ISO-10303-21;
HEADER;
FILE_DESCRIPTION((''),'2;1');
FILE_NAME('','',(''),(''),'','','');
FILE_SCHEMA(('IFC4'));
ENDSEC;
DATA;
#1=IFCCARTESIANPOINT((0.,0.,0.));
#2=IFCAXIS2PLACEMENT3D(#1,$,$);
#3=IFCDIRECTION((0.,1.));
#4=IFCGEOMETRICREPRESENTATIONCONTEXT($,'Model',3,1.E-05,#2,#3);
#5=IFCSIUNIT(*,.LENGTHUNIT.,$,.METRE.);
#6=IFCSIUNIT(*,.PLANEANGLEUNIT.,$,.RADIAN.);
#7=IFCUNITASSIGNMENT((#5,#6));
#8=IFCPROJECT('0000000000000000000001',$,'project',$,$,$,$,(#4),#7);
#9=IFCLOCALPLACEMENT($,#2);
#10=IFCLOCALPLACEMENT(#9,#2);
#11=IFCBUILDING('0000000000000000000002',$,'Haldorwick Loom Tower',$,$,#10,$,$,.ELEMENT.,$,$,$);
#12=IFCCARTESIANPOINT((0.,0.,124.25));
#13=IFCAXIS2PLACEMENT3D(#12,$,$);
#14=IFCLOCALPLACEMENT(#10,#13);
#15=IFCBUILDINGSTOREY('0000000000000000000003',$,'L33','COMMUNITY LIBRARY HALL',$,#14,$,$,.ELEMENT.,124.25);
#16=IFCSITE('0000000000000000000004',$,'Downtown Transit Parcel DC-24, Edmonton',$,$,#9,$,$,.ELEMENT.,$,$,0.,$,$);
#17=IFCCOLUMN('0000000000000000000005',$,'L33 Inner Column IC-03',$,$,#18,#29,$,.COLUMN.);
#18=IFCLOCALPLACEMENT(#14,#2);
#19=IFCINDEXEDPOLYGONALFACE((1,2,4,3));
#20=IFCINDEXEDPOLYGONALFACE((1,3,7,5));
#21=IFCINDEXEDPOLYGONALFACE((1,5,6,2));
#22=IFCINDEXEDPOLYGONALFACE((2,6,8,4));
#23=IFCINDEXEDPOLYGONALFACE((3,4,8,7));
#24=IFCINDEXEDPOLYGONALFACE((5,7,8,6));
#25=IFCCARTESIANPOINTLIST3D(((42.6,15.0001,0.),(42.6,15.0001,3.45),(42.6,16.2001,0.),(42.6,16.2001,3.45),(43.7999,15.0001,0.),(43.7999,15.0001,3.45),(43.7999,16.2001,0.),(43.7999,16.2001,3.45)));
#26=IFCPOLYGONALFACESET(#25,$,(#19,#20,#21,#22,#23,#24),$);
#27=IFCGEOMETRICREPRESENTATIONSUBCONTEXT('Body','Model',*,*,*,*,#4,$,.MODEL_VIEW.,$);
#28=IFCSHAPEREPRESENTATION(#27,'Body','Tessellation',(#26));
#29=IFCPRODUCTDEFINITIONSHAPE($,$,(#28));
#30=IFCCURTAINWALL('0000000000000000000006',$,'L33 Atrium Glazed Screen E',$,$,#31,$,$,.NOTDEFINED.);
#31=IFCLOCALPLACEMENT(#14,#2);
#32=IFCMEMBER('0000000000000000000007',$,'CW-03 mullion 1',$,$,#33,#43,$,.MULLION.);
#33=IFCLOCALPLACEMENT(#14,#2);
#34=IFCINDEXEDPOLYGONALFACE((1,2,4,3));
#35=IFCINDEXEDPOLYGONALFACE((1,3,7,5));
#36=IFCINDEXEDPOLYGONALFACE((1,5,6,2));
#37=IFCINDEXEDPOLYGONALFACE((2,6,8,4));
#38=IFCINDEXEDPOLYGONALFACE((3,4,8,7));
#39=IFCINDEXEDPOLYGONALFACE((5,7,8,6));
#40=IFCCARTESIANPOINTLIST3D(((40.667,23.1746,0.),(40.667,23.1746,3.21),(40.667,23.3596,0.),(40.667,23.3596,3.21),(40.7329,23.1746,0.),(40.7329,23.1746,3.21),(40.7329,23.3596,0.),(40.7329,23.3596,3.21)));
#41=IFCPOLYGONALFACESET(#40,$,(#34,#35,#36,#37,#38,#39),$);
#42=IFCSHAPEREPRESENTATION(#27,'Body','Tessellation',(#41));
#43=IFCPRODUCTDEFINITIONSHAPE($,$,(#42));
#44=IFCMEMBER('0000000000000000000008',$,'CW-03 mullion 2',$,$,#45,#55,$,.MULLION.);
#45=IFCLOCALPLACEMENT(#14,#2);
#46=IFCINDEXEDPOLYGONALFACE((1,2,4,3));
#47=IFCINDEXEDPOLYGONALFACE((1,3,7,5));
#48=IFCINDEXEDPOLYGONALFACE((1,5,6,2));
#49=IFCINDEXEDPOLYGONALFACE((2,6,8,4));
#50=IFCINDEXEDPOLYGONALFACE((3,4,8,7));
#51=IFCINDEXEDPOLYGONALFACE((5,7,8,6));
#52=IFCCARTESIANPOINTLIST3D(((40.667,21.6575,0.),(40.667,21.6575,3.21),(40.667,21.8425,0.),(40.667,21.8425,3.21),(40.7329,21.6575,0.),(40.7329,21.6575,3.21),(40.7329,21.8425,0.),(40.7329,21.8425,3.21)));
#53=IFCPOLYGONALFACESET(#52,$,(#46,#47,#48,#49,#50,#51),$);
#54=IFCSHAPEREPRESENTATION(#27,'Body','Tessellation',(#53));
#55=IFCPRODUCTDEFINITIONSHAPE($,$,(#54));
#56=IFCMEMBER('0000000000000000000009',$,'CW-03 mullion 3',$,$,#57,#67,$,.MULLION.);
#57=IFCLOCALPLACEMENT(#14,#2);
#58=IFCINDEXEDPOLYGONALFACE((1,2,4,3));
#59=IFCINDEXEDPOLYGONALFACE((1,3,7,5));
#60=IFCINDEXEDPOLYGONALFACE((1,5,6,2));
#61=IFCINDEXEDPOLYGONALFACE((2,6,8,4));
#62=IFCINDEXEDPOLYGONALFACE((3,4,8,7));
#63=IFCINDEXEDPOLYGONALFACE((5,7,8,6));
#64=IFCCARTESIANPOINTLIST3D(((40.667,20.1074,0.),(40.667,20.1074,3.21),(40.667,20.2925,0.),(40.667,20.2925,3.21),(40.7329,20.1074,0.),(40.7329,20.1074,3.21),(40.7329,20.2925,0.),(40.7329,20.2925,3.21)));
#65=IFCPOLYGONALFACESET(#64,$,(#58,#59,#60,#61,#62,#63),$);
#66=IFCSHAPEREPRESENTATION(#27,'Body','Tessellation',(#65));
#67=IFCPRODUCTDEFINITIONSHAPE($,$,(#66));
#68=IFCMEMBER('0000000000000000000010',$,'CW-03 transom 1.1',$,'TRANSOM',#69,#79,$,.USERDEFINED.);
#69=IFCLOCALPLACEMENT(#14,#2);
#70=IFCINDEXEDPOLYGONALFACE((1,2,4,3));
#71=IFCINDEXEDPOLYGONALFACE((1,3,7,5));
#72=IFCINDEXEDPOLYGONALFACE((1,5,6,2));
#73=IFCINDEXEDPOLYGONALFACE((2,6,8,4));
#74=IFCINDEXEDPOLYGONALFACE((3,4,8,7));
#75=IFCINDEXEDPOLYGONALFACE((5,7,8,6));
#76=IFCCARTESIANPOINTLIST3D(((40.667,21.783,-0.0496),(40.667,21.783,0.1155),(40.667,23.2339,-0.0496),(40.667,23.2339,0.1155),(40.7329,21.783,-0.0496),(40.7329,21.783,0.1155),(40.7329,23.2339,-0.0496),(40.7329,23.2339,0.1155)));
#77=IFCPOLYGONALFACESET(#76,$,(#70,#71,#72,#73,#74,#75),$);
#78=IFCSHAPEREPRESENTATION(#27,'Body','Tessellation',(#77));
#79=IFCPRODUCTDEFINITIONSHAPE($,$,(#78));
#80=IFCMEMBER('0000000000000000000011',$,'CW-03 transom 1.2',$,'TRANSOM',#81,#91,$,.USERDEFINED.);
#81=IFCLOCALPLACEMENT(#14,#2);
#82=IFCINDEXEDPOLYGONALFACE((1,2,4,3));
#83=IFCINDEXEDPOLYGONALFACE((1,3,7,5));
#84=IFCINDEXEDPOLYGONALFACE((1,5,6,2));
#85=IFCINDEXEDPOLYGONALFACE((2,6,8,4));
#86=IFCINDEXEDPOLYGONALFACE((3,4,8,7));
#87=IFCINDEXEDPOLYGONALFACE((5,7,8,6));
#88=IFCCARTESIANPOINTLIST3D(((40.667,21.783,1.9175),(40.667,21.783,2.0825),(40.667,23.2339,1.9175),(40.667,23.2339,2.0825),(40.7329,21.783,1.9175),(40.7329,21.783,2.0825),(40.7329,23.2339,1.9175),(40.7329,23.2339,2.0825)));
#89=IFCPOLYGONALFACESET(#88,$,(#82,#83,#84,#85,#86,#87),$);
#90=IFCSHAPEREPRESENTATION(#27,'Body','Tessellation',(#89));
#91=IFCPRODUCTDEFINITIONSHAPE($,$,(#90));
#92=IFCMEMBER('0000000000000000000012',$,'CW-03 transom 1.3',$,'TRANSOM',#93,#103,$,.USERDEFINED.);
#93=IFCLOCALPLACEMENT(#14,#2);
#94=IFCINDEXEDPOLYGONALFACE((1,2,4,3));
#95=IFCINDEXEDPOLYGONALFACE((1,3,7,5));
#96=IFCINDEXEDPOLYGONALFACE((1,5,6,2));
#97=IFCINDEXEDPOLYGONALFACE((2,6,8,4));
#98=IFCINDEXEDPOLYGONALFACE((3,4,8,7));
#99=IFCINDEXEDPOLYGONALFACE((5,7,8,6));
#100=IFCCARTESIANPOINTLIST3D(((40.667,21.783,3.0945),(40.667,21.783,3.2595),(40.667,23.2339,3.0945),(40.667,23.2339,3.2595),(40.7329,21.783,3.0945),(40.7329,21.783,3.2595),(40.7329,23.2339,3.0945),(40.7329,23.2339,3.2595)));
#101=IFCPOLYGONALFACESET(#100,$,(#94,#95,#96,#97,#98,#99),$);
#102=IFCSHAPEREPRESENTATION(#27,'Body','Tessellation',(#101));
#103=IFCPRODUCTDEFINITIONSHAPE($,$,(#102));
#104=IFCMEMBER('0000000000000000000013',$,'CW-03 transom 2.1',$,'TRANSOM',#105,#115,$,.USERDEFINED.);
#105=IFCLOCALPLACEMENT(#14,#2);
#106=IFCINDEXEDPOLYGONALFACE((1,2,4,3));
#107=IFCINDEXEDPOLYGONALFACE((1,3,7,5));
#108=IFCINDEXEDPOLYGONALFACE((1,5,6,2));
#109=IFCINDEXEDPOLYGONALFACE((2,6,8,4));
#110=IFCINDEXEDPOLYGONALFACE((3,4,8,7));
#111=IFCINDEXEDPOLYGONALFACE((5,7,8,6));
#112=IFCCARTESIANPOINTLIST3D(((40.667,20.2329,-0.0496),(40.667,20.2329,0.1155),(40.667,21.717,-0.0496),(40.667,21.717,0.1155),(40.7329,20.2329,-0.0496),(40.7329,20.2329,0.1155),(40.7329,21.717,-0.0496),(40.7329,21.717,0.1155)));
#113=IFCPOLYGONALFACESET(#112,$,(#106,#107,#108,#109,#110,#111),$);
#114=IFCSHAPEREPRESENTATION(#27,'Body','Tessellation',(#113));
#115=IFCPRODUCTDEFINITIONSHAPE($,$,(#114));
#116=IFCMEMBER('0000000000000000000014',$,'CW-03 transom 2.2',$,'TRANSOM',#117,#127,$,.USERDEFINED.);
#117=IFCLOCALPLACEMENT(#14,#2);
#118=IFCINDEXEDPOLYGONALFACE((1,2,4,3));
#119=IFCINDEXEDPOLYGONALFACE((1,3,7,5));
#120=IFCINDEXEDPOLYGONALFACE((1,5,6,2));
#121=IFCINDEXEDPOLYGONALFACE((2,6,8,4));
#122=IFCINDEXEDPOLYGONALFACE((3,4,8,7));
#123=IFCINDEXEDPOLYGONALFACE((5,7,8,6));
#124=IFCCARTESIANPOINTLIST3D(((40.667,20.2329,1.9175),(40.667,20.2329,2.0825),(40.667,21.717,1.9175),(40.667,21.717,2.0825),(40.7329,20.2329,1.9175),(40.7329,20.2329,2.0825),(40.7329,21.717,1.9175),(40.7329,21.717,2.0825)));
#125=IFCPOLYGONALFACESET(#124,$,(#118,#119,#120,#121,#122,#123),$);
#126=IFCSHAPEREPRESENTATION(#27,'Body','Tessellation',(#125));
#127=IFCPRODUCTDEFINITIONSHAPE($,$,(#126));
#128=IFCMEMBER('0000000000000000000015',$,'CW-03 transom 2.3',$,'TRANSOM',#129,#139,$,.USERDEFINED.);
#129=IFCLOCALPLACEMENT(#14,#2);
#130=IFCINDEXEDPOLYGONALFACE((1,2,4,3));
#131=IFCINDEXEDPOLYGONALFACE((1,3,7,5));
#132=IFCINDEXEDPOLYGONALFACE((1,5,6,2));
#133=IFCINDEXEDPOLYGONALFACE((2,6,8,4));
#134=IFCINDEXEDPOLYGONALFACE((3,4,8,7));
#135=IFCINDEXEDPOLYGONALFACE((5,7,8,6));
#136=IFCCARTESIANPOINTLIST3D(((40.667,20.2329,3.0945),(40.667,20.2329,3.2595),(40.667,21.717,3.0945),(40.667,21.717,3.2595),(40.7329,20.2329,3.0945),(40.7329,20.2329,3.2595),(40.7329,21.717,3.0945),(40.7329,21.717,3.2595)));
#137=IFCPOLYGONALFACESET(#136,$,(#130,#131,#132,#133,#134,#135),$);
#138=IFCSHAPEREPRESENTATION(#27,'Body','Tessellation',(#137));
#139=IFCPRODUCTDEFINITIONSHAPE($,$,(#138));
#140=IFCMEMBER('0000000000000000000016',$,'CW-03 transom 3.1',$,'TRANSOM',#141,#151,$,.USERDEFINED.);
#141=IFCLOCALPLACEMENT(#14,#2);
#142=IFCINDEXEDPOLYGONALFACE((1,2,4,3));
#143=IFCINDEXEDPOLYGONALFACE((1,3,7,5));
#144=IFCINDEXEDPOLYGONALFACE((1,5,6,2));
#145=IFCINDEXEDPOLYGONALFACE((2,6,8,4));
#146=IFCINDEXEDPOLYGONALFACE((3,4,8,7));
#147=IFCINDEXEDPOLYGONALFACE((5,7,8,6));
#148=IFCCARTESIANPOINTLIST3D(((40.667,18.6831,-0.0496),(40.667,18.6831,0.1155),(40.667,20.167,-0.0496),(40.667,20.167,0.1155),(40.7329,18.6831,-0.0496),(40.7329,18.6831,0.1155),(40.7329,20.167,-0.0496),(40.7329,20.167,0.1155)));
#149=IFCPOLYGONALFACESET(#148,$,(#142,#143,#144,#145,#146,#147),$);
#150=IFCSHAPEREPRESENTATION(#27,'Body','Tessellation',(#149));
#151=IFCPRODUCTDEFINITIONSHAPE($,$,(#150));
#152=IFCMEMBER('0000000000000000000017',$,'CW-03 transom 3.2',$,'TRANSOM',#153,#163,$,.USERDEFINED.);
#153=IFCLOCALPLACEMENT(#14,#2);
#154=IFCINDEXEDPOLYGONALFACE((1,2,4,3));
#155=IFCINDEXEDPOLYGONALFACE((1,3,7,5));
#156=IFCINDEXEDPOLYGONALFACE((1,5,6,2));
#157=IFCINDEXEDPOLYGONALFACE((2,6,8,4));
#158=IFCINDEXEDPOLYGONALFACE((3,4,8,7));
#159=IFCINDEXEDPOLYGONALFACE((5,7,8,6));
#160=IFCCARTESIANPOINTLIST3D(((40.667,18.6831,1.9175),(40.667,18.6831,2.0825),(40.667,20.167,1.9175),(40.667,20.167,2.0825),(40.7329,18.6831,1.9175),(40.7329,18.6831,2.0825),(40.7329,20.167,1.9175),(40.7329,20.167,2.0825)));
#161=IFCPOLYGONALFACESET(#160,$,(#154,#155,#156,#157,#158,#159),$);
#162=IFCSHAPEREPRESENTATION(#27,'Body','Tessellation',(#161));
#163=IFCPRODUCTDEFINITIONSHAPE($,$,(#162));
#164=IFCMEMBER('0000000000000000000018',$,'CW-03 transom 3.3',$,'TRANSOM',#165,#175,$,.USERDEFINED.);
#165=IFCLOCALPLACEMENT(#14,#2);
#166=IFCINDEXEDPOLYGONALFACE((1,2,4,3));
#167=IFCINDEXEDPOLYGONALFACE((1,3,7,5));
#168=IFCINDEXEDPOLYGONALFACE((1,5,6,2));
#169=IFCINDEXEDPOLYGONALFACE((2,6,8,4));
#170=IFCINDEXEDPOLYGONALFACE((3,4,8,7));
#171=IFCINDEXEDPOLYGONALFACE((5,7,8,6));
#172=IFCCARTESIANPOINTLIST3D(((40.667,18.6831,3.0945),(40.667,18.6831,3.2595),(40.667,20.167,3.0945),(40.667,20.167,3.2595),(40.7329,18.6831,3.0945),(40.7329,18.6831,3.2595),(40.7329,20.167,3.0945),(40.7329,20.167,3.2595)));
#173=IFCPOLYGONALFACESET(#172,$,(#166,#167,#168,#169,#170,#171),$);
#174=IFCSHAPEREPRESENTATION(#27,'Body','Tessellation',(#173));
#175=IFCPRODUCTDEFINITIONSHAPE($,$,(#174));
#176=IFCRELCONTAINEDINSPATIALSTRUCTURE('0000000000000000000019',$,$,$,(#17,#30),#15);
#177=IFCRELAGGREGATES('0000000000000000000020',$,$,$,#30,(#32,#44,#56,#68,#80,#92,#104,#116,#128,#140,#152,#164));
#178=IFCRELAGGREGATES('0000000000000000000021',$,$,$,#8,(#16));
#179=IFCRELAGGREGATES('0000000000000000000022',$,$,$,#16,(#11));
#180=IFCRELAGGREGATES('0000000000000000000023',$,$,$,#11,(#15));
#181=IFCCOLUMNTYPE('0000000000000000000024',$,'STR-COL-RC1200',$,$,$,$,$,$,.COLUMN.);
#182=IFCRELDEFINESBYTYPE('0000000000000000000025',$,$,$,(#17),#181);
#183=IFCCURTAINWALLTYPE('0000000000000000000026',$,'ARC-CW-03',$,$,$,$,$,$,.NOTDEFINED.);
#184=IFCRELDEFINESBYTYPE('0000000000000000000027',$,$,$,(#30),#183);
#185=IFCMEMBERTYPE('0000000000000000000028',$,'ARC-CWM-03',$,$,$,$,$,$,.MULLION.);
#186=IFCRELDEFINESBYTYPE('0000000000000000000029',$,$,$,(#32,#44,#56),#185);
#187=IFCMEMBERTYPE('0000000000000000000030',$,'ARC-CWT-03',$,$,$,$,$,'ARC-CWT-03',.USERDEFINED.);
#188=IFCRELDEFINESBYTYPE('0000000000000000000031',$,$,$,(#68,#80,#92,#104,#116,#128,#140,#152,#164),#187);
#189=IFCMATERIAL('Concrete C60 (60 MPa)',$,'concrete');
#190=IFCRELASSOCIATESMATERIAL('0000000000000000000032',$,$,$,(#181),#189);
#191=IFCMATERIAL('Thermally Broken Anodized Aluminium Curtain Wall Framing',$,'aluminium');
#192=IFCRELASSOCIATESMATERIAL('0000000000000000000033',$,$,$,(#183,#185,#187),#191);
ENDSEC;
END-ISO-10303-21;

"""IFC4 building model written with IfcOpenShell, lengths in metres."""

from ifc_helpers import new_model, si_unit, direction, frame, origin, origin_2d, place, context, subcontext, project, spatial, rectangle, extrude, material, material_profile, profile_set, type_object, element, aggregate, save


model = new_model("IFC4")

# Units and contexts
model_context = context("Model", 3, precision=1e-05, world=origin(), true_north=direction((0.0, 1.0)))
body_context = subcontext(model_context, "Body", "Model", "MODEL_VIEW")
ifc_project = project(units=[si_unit("LENGTHUNIT", "METRE"), si_unit("PLANEANGLEUNIT", "RADIAN")], contexts=[model_context])

# Site, building, storey
site_placement = place(None, origin())
site = spatial("IfcSite", under=ifc_project, at=site_placement, Name="Downtown Transit Parcel DC-24, Edmonton", CompositionType="ELEMENT", RefElevation=0.0)
building_placement = place(site_placement, origin())
building = spatial("IfcBuilding", under=site, at=building_placement, Name="Haldorwick Loom Tower", CompositionType="ELEMENT")
storey_placement = place(building_placement, frame((0.0, 0.0, 124.25)))
storey = spatial("IfcBuildingStorey", under=building, at=storey_placement, Name="L33", Description="COMMUNITY LIBRARY HALL", CompositionType="ELEMENT", Elevation=124.25)

# Column
ifc_material_1 = material(Name="Concrete C60 (60 MPa)", Category="concrete")
ifc_material_profile_1 = material_profile(ifc_material_1, rectangle(XDim=1.2, YDim=1.2, at=origin_2d()), Name="RC1200X1200", Category="concrete")
ifc_profile_set_1 = profile_set([ifc_material_profile_1], Name="Concrete C60 (60 MPa)")
column_type = type_object("IfcColumnType", Name="STR-COL-RC1200", PredefinedType="COLUMN", material=ifc_profile_set_1)
column_placement = place(storey_placement, frame((43.2, 15.6001, 0.0), z_axis=(0.0, 0.0, 1.0), x_axis=(1.0, 0.0, 0.0)))
element("IfcColumn", 1, at=column_placement, inside=storey, type_object=column_type, Name="L33 Inner Column IC-03", PredefinedType="COLUMN", context=body_context, shape_type="SweptSolid", body=[
    extrude(rectangle(XDim=1.2, YDim=1.2, at=origin_2d()), origin(), (0.0, 0.0, 1.0), 3.45),
])

# Curtain wall, members
ifc_material_2 = material(Name="Thermally Broken Anodized Aluminium Curtain Wall Framing", Category="aluminium")
curtain_wall_type = type_object("IfcCurtainWallType", Name="ARC-CW-03", PredefinedType="NOTDEFINED", material=ifc_material_2)
curtain_wall_placement = place(storey_placement, origin())
curtain_wall = element("IfcCurtainWall", 2, at=curtain_wall_placement, inside=storey, type_object=curtain_wall_type, Name="L33 Atrium Glazed Screen E", PredefinedType="NOTDEFINED")
ifc_material_profile_2 = material_profile(ifc_material_2, rectangle(XDim=0.0659, YDim=0.1851, at=origin_2d()), Name="ALU_MUL_66X185", Category="aluminium")
ifc_profile_set_2 = profile_set([ifc_material_profile_2], Name="Thermally Broken Anodized Aluminium Curtain Wall Framing")
member_type_1 = type_object("IfcMemberType", Name="ARC-CWM-03", PredefinedType="MULLION", material=ifc_profile_set_2)
member_1_placement = place(storey_placement, frame((40.7, 23.2671, 0.0), z_axis=(0.0, 0.0, 1.0), x_axis=(1.0, 0.0, 0.0)))
member_1 = element("IfcMember", 3, at=member_1_placement, type_object=member_type_1, Name="CW-03 mullion 1", PredefinedType="MULLION", context=body_context, shape_type="SweptSolid", body=[
    extrude(rectangle(XDim=0.0659, YDim=0.1851, at=origin_2d()), origin(), (0.0, 0.0, 1.0), 3.21),
])
member_2_placement = place(storey_placement, frame((40.7, 21.75, 0.0), z_axis=(0.0, 0.0, 1.0), x_axis=(1.0, 0.0, 0.0)))
member_2 = element("IfcMember", 4, at=member_2_placement, type_object=member_type_1, Name="CW-03 mullion 2", PredefinedType="MULLION", context=body_context, shape_type="SweptSolid", body=[
    extrude(rectangle(XDim=0.0659, YDim=0.1851, at=origin_2d()), origin(), (0.0, 0.0, 1.0), 3.21),
])
member_3_placement = place(storey_placement, frame((40.7, 20.2, 0.0), z_axis=(0.0, 0.0, 1.0), x_axis=(1.0, 0.0, 0.0)))
member_3 = element("IfcMember", 5, at=member_3_placement, type_object=member_type_1, Name="CW-03 mullion 3", PredefinedType="MULLION", context=body_context, shape_type="SweptSolid", body=[
    extrude(rectangle(XDim=0.0659, YDim=0.1851, at=origin_2d()), origin(), (0.0, 0.0, 1.0), 3.21),
])
ifc_material_profile_3 = material_profile(ifc_material_2, rectangle(XDim=0.0659, YDim=0.165, at=origin_2d()), Name="ALU_TRN_66X165", Category="aluminium")
ifc_profile_set_3 = profile_set([ifc_material_profile_3], Name="Thermally Broken Anodized Aluminium Curtain Wall Framing")
member_type_2 = type_object("IfcMemberType", Name="ARC-CWT-03", ElementType="ARC-CWT-03", PredefinedType="USERDEFINED", material=ifc_profile_set_3)
member_4_placement = place(storey_placement, frame((40.7, 23.2339, 0.033), z_axis=(0.0, -1.0, 0.0), x_axis=(1.0, 0.0, 0.0)))
member_4 = element("IfcMember", 6, at=member_4_placement, type_object=member_type_2, Name="CW-03 transom 1.1", ObjectType="TRANSOM", PredefinedType="USERDEFINED", context=body_context, shape_type="SweptSolid", body=[
    extrude(rectangle(XDim=0.0659, YDim=0.165, at=origin_2d()), origin(), (0.0, 0.0, 1.0), 1.4509),
])
member_5_placement = place(storey_placement, frame((40.7, 23.2339, 2.0), z_axis=(0.0, -1.0, 0.0), x_axis=(1.0, 0.0, 0.0)))
member_5 = element("IfcMember", 7, at=member_5_placement, type_object=member_type_2, Name="CW-03 transom 1.2", ObjectType="TRANSOM", PredefinedType="USERDEFINED", context=body_context, shape_type="SweptSolid", body=[
    extrude(rectangle(XDim=0.0659, YDim=0.165, at=origin_2d()), origin(), (0.0, 0.0, 1.0), 1.4509),
])
member_6_placement = place(storey_placement, frame((40.7, 23.2339, 3.177), z_axis=(0.0, -1.0, 0.0), x_axis=(1.0, 0.0, 0.0)))
member_6 = element("IfcMember", 8, at=member_6_placement, type_object=member_type_2, Name="CW-03 transom 1.3", ObjectType="TRANSOM", PredefinedType="USERDEFINED", context=body_context, shape_type="SweptSolid", body=[
    extrude(rectangle(XDim=0.0659, YDim=0.165, at=origin_2d()), origin(), (0.0, 0.0, 1.0), 1.4509),
])
member_7_placement = place(storey_placement, frame((40.7, 21.717, 0.033), z_axis=(0.0, -1.0, 0.0), x_axis=(1.0, 0.0, 0.0)))
member_7 = element("IfcMember", 9, at=member_7_placement, type_object=member_type_2, Name="CW-03 transom 2.1", ObjectType="TRANSOM", PredefinedType="USERDEFINED", context=body_context, shape_type="SweptSolid", body=[
    extrude(rectangle(XDim=0.0659, YDim=0.165, at=origin_2d()), origin(), (0.0, 0.0, 1.0), 1.4841),
])
member_8_placement = place(storey_placement, frame((40.7, 21.717, 2.0), z_axis=(0.0, -1.0, 0.0), x_axis=(1.0, 0.0, 0.0)))
member_8 = element("IfcMember", 10, at=member_8_placement, type_object=member_type_2, Name="CW-03 transom 2.2", ObjectType="TRANSOM", PredefinedType="USERDEFINED", context=body_context, shape_type="SweptSolid", body=[
    extrude(rectangle(XDim=0.0659, YDim=0.165, at=origin_2d()), origin(), (0.0, 0.0, 1.0), 1.4841),
])
member_9_placement = place(storey_placement, frame((40.7, 21.717, 3.177), z_axis=(0.0, -1.0, 0.0), x_axis=(1.0, 0.0, 0.0)))
member_9 = element("IfcMember", 11, at=member_9_placement, type_object=member_type_2, Name="CW-03 transom 2.3", ObjectType="TRANSOM", PredefinedType="USERDEFINED", context=body_context, shape_type="SweptSolid", body=[
    extrude(rectangle(XDim=0.0659, YDim=0.165, at=origin_2d()), origin(), (0.0, 0.0, 1.0), 1.4841),
])
member_10_placement = place(storey_placement, frame((40.7, 20.167, 0.033), z_axis=(0.0, -1.0, 0.0), x_axis=(1.0, 0.0, 0.0)))
member_10 = element("IfcMember", 12, at=member_10_placement, type_object=member_type_2, Name="CW-03 transom 3.1", ObjectType="TRANSOM", PredefinedType="USERDEFINED", context=body_context, shape_type="SweptSolid", body=[
    extrude(rectangle(XDim=0.0659, YDim=0.165, at=origin_2d()), origin(), (0.0, 0.0, 1.0), 1.4839),
])
member_11_placement = place(storey_placement, frame((40.7, 20.167, 2.0), z_axis=(0.0, -1.0, 0.0), x_axis=(1.0, 0.0, 0.0)))
member_11 = element("IfcMember", 13, at=member_11_placement, type_object=member_type_2, Name="CW-03 transom 3.2", ObjectType="TRANSOM", PredefinedType="USERDEFINED", context=body_context, shape_type="SweptSolid", body=[
    extrude(rectangle(XDim=0.0659, YDim=0.165, at=origin_2d()), origin(), (0.0, 0.0, 1.0), 1.4839),
])
member_12_placement = place(storey_placement, frame((40.7, 20.167, 3.177), z_axis=(0.0, -1.0, 0.0), x_axis=(1.0, 0.0, 0.0)))
member_12 = element("IfcMember", 14, at=member_12_placement, type_object=member_type_2, Name="CW-03 transom 3.3", ObjectType="TRANSOM", PredefinedType="USERDEFINED", context=body_context, shape_type="SweptSolid", body=[
    extrude(rectangle(XDim=0.0659, YDim=0.165, at=origin_2d()), origin(), (0.0, 0.0, 1.0), 1.4839),
])

aggregate(curtain_wall, [member_1, member_2, member_3, member_4, member_5, member_6, member_7, member_8, member_9, member_10, member_11, member_12])

save(model, "model.ifc")
